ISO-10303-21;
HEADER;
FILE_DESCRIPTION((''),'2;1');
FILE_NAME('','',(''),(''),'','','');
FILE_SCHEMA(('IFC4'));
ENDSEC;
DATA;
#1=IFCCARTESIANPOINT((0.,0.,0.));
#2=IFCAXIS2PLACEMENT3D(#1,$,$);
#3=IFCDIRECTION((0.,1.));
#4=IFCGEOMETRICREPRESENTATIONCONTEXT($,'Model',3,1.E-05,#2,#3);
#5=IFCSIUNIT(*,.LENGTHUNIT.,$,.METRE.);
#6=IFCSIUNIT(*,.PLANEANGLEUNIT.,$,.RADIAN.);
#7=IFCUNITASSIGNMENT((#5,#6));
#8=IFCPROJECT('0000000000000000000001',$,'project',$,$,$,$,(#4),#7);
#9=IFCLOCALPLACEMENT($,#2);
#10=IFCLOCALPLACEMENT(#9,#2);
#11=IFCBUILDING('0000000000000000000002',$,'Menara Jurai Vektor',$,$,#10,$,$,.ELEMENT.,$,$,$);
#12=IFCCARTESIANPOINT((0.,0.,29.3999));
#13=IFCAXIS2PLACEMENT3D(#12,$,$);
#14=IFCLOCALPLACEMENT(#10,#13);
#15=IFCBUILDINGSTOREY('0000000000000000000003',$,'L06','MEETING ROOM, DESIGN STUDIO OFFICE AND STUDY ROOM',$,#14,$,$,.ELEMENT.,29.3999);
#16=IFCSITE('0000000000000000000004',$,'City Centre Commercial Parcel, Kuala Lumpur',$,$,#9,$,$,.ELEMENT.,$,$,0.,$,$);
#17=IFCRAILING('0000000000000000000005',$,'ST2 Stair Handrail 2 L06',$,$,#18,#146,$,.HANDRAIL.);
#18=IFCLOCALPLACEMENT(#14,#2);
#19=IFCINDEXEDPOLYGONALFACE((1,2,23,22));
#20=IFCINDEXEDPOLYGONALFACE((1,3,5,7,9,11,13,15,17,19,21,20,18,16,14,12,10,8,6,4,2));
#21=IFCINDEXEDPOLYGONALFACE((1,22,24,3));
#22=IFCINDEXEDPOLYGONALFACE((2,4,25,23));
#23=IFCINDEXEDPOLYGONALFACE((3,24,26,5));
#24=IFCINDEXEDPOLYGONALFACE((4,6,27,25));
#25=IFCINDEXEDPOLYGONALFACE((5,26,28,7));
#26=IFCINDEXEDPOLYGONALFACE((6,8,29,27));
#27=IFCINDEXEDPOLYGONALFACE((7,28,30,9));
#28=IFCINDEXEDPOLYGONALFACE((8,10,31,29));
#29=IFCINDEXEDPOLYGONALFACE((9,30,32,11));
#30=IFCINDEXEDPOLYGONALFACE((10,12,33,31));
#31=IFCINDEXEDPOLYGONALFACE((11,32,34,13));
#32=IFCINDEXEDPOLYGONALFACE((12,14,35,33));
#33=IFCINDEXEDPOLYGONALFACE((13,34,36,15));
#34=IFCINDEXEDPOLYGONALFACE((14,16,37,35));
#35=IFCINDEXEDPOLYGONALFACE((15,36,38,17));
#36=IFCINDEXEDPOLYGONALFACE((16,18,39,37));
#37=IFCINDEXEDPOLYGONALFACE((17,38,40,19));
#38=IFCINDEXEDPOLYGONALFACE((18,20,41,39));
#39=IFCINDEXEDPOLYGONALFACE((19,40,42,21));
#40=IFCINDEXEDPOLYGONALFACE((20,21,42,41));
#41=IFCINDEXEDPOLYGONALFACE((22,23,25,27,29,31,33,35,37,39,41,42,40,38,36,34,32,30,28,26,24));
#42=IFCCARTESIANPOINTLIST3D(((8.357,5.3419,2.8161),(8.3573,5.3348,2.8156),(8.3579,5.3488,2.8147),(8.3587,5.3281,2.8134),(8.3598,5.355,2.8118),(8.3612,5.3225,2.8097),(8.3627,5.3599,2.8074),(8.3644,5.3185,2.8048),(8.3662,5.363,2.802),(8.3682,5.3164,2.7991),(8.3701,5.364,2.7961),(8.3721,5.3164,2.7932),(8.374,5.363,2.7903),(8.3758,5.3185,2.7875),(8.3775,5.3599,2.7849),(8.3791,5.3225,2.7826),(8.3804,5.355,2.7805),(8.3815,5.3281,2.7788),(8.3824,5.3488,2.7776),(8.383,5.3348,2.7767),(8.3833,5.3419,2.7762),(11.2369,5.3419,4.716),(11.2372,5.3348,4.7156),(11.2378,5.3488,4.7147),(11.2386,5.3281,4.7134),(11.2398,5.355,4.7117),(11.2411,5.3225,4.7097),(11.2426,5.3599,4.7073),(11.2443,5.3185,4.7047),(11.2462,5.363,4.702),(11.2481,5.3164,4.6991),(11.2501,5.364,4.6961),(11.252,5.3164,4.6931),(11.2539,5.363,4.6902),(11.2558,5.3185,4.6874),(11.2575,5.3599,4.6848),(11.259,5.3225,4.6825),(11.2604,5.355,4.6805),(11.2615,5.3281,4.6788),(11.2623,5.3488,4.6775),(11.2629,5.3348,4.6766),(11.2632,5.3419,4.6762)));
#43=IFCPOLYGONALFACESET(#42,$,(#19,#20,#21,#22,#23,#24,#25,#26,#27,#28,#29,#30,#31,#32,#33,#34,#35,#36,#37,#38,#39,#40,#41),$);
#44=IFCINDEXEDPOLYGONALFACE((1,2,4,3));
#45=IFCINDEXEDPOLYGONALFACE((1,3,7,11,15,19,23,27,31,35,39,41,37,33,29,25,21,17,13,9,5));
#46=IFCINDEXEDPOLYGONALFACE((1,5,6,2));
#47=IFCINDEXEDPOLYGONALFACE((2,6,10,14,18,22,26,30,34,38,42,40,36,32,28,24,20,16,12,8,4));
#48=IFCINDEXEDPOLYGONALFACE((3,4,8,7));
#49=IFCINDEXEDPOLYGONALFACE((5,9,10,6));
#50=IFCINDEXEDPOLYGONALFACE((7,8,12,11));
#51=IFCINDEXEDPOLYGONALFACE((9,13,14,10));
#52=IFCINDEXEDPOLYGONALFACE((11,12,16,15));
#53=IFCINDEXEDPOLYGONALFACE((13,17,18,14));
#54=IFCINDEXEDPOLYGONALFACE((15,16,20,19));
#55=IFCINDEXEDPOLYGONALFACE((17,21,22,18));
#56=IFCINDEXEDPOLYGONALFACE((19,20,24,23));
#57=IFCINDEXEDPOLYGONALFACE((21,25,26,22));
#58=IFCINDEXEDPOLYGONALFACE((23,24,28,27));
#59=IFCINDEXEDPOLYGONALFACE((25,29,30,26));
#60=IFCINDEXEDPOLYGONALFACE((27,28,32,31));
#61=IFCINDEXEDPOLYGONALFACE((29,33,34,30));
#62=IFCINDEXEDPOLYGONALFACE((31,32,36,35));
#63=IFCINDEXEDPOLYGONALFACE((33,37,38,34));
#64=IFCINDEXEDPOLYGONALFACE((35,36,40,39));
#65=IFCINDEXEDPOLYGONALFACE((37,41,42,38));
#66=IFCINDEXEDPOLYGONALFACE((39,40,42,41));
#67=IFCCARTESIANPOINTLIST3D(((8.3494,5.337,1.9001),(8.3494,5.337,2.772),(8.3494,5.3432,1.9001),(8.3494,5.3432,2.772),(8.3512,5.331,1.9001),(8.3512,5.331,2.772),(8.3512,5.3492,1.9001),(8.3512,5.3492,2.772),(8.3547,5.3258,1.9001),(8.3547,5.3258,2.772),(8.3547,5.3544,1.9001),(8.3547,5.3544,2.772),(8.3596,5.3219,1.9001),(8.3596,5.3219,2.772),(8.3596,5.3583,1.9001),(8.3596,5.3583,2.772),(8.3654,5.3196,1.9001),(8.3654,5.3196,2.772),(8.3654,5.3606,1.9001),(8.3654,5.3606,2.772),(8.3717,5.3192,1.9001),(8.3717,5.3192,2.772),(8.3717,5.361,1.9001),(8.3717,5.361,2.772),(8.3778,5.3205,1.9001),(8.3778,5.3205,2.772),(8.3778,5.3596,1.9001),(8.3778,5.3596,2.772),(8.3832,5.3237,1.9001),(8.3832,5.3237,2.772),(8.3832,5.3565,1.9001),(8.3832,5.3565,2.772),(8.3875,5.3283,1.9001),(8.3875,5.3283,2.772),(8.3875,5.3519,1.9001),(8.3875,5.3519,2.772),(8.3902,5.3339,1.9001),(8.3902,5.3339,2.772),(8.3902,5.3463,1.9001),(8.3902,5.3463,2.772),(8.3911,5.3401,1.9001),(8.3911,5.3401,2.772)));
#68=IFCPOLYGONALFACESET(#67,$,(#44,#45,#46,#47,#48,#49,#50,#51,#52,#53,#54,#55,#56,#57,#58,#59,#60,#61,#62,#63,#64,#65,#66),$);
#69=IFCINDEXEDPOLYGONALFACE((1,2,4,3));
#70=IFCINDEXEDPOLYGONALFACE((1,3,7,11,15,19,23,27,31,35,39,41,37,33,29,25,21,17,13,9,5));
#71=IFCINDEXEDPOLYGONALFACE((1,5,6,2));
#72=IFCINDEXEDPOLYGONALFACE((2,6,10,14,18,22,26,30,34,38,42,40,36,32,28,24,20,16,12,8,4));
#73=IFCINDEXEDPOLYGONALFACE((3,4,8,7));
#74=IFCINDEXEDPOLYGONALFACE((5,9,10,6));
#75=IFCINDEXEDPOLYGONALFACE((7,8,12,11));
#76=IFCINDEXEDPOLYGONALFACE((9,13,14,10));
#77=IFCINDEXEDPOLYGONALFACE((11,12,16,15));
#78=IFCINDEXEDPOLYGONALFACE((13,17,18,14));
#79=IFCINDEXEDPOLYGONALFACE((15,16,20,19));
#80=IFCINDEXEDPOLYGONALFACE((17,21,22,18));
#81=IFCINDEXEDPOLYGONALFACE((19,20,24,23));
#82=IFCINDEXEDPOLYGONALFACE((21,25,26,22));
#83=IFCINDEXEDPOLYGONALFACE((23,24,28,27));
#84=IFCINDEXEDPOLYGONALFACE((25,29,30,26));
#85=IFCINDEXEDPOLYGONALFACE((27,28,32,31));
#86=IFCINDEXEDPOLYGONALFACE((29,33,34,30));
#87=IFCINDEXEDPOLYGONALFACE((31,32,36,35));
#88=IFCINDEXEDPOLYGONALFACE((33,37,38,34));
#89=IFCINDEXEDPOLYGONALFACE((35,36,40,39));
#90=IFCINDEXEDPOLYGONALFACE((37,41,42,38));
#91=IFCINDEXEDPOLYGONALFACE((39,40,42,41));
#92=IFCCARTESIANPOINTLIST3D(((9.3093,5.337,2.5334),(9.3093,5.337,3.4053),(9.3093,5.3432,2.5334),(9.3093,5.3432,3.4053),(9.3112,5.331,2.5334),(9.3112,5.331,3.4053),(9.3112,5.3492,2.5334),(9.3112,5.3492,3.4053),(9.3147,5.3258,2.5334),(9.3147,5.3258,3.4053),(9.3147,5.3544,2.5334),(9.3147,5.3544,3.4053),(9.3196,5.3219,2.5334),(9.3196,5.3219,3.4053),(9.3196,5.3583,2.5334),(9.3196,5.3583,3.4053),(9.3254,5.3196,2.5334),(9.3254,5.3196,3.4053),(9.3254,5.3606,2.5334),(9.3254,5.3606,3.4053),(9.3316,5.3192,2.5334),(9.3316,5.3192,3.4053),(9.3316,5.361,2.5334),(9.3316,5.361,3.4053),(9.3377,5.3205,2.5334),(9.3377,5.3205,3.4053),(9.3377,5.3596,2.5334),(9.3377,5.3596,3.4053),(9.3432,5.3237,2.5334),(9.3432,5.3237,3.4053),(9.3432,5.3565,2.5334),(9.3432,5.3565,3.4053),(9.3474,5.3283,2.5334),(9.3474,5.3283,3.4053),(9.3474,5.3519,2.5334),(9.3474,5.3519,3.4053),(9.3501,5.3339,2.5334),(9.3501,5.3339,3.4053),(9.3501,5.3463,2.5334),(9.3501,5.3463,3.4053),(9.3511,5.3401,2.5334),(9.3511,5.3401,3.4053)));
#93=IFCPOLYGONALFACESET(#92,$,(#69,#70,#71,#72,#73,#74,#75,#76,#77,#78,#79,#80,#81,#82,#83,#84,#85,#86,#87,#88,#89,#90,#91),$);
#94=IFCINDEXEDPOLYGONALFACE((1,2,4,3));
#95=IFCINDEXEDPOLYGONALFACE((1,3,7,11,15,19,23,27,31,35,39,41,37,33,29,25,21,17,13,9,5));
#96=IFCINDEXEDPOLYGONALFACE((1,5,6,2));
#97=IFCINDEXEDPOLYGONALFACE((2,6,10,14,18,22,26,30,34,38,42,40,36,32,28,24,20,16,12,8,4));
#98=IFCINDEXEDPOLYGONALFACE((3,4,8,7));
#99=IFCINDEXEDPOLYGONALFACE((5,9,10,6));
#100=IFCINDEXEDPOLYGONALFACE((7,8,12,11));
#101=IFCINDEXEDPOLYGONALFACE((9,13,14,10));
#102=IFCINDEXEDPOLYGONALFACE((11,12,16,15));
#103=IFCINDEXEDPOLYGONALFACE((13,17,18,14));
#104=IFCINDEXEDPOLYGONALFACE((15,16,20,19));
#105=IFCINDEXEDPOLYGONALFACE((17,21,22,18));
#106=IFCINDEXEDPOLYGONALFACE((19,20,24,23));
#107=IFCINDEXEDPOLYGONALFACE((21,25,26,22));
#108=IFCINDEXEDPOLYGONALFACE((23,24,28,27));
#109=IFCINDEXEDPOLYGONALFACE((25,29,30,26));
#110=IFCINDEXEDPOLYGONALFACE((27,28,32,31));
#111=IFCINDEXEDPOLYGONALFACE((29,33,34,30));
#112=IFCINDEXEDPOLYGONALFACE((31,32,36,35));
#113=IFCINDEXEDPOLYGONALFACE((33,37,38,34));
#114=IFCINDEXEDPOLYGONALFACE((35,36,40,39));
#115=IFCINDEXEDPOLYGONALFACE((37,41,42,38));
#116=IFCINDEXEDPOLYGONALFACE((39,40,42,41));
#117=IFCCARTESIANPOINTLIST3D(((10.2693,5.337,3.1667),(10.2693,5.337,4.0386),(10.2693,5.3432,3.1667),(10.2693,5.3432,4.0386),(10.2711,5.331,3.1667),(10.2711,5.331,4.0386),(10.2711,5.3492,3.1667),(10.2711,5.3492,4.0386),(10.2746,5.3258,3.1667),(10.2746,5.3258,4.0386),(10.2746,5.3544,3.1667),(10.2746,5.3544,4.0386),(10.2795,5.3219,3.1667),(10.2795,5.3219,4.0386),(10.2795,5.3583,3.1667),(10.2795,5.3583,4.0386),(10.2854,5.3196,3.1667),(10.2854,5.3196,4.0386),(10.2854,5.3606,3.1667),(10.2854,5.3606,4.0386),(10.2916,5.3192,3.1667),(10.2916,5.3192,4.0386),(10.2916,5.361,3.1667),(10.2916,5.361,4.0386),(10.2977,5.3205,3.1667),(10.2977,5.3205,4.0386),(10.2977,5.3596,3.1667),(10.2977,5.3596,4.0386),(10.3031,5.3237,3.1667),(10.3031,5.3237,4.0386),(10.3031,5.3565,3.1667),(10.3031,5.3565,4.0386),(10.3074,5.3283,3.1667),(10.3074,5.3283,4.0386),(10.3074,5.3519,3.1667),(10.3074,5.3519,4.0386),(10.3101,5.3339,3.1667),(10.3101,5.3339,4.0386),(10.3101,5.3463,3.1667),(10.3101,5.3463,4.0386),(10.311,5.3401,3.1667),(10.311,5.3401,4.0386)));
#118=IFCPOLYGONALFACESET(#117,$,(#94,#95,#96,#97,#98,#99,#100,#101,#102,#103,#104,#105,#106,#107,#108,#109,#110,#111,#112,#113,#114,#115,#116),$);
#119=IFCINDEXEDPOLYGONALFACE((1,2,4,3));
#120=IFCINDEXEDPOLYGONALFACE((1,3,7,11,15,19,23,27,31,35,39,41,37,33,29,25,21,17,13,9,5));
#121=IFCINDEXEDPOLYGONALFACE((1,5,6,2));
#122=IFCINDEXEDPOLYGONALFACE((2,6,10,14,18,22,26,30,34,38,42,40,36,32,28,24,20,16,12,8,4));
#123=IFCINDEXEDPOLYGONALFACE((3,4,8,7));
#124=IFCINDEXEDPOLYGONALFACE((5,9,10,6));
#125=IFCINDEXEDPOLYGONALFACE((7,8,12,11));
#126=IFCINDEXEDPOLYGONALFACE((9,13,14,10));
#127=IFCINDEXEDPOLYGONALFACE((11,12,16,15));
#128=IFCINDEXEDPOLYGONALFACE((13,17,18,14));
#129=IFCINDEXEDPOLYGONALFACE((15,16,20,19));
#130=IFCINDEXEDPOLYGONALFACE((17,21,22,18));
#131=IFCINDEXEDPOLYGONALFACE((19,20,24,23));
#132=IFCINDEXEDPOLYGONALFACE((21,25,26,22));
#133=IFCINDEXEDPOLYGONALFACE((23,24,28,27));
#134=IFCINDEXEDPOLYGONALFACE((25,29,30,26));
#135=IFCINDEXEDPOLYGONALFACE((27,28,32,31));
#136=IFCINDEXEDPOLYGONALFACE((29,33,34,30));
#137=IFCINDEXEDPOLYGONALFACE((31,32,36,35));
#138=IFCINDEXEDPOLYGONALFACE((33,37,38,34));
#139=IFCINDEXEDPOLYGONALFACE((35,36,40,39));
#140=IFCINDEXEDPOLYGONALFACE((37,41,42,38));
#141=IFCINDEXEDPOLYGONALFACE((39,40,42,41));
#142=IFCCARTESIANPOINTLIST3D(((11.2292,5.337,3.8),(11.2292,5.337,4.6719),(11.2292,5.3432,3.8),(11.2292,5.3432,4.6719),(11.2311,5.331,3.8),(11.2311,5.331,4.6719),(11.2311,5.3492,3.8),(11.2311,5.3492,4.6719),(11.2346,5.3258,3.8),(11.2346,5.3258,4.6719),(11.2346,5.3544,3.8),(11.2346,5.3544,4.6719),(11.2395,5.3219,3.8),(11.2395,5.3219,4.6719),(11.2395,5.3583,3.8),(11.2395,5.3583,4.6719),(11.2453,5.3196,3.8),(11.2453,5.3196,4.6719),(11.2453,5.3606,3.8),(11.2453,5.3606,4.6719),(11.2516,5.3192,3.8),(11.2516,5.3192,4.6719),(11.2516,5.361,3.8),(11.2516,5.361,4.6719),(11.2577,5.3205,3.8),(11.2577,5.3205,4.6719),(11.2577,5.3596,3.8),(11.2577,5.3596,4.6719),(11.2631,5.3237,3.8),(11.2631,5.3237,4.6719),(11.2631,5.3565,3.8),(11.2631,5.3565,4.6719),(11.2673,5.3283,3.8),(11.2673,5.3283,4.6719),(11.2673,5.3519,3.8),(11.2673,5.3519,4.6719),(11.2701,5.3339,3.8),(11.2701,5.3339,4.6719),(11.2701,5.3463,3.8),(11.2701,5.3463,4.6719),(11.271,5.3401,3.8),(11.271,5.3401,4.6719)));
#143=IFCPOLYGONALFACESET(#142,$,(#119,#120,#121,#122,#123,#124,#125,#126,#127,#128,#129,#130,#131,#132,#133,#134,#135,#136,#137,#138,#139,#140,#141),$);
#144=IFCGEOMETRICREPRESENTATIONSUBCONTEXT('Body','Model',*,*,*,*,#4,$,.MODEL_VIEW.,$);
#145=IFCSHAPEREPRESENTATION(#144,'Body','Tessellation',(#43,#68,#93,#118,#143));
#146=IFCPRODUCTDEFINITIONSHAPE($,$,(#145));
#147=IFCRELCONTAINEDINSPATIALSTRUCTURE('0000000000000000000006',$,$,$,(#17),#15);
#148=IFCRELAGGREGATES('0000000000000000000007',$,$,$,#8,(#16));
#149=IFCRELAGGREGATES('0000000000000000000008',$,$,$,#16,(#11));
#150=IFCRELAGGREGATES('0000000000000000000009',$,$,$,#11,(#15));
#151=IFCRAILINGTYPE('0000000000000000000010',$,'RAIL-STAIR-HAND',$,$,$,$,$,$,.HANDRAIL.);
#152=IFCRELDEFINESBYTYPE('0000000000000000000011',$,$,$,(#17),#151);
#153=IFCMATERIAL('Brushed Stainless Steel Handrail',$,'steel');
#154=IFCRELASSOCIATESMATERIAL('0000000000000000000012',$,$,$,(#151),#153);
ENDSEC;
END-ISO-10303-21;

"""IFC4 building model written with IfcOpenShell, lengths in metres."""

from ifc_helpers import new_model, si_unit, direction, frame, origin, origin_2d, place, context, subcontext, project, spatial, circle, extrude, material, type_object, element, save


model = new_model("IFC4")

# Units and contexts
model_context = context("Model", 3, precision=1e-05, world=origin(), true_north=direction((0.0, 1.0)))
body_context = subcontext(model_context, "Body", "Model", "MODEL_VIEW")
ifc_project = project(units=[si_unit("LENGTHUNIT", "METRE"), si_unit("PLANEANGLEUNIT", "RADIAN")], contexts=[model_context])

# Site, building, storey
site_placement = place(None, origin())
site = spatial("IfcSite", under=ifc_project, at=site_placement, Name="City Centre Commercial Parcel, Kuala Lumpur", CompositionType="ELEMENT", RefElevation=0.0)
building_placement = place(site_placement, origin())
building = spatial("IfcBuilding", under=site, at=building_placement, Name="Menara Jurai Vektor", CompositionType="ELEMENT")
storey_placement = place(building_placement, frame((0.0, 0.0, 29.3999)))
storey = spatial("IfcBuildingStorey", under=building, at=storey_placement, Name="L06", Description="MEETING ROOM, DESIGN STUDIO OFFICE AND STUDY ROOM", CompositionType="ELEMENT", Elevation=29.3999)

# Railing
ifc_material_1 = material(Name="Brushed Stainless Steel Handrail", Category="steel")
railing_type_1 = type_object("IfcRailingType", Name="RAIL-STAIR-HAND", PredefinedType="HANDRAIL", material=ifc_material_1)
railing_1_placement = place(storey_placement, frame((8.3701, 5.3401, 1.9001)))
element("IfcRailing", 1, at=railing_1_placement, inside=storey, type_object=railing_type_1, Name="ST2 Stair Handrail 2 L06", PredefinedType="HANDRAIL", context=body_context, shape_type="SweptSolid", body=[
    extrude(circle(Radius=0.0239, at=origin_2d()), frame((0.0, 0.0, 0.896), z_axis=(0.834719, 0.0, 0.550677), x_axis=(0.0, 1.0, 0.0)), (0.0, 0.0, 1.0), 3.4502),
    extrude(circle(Radius=0.021, at=origin_2d()), origin(), (0.0, 0.0, 1.0), 0.8718),
    extrude(circle(Radius=0.021, at=origin_2d()), frame((0.96, 0.0, 0.6333)), (0.0, 0.0, 1.0), 0.8718),
    extrude(circle(Radius=0.021, at=origin_2d()), frame((1.9199, 0.0, 1.2666)), (0.0, 0.0, 1.0), 0.8718),
    extrude(circle(Radius=0.021, at=origin_2d()), frame((2.8799, 0.0, 1.8999)), (0.0, 0.0, 1.0), 0.8718),
])

save(model, "model.ifc")
